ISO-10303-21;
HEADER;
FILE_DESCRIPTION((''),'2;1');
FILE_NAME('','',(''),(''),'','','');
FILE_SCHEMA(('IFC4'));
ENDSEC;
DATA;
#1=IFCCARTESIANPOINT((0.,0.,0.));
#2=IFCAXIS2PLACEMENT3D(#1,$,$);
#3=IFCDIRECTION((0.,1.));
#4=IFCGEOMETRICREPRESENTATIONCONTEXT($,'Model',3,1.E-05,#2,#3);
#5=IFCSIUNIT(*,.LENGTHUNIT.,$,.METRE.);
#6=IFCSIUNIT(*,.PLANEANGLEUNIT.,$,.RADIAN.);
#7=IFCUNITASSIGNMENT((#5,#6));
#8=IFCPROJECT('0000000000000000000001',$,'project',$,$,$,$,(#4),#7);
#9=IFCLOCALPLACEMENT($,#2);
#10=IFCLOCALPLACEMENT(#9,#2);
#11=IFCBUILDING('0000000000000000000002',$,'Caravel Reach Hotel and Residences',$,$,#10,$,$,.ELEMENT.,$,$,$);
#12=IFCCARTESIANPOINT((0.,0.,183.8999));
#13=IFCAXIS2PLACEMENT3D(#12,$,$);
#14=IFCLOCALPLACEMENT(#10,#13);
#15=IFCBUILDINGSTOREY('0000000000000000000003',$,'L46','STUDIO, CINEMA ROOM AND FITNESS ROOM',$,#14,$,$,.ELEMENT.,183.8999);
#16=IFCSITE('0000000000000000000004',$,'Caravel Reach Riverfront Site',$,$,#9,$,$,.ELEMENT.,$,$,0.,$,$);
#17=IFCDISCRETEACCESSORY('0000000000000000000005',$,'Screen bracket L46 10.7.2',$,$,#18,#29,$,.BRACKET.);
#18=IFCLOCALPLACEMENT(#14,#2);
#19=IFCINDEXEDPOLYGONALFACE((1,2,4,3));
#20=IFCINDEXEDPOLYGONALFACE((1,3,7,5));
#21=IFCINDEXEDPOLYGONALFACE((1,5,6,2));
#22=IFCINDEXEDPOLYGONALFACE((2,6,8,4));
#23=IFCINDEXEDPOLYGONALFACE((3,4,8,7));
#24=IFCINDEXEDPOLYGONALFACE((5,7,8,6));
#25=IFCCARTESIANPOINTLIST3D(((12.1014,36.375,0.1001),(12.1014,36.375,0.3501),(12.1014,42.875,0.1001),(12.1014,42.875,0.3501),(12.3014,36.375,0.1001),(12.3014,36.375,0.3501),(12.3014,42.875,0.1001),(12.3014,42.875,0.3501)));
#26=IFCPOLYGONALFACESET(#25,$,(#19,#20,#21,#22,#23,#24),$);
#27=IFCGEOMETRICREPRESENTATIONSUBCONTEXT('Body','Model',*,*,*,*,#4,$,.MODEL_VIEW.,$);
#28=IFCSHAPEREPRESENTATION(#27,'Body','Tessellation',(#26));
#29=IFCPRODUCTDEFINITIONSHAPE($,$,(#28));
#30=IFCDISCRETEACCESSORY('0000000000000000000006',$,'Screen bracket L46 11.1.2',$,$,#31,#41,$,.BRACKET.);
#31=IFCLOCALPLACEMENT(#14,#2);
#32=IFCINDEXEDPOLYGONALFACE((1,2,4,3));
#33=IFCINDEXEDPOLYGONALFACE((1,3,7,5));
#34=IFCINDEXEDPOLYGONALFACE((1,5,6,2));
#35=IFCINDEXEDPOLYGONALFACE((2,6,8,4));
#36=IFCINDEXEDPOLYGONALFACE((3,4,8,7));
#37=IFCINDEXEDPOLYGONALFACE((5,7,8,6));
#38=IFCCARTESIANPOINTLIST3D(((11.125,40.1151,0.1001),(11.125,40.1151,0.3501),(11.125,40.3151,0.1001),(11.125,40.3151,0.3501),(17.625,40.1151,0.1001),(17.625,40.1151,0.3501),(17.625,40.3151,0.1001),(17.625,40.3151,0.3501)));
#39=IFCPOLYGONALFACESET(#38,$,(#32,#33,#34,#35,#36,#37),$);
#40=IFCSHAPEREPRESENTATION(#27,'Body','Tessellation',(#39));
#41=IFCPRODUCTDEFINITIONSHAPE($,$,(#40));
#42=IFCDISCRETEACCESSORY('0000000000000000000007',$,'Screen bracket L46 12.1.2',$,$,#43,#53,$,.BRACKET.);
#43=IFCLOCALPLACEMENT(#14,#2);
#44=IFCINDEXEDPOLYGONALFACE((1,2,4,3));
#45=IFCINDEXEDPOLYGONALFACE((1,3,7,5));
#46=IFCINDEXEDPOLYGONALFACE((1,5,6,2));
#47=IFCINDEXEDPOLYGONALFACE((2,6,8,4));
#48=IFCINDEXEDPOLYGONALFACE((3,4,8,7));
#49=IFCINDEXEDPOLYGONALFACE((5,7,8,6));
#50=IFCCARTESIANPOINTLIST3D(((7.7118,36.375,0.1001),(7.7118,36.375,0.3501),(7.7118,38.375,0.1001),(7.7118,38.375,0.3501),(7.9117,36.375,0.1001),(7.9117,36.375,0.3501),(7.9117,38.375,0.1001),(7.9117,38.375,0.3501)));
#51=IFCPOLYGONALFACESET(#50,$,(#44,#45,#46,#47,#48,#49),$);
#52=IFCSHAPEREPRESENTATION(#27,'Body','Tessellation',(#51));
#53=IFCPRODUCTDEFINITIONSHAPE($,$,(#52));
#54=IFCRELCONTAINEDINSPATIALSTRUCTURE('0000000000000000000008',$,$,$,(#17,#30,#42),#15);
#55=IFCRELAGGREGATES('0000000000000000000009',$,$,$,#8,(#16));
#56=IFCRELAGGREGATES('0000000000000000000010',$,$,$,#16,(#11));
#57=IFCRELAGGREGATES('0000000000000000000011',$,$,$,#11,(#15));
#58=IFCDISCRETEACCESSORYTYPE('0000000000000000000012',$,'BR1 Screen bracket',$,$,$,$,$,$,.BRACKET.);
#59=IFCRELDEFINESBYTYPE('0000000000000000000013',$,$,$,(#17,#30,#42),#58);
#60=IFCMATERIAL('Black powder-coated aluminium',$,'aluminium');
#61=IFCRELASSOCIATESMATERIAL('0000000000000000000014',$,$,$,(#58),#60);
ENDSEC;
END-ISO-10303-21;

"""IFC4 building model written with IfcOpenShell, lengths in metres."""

from ifc_helpers import new_model, si_unit, direction, frame, origin, origin_2d, place, context, subcontext, project, spatial, rectangle, extrude, material, type_object, element, save


model = new_model("IFC4")

# Units and contexts
model_context = context("Model", 3, precision=1e-05, world=origin(), true_north=direction((0.0, 1.0)))
body_context = subcontext(model_context, "Body", "Model", "MODEL_VIEW")
ifc_project = project(units=[si_unit("LENGTHUNIT", "METRE"), si_unit("PLANEANGLEUNIT", "RADIAN")], contexts=[model_context])

# Site, building, storey
site_placement = place(None, origin())
site = spatial("IfcSite", under=ifc_project, at=site_placement, Name="Caravel Reach Riverfront Site", CompositionType="ELEMENT", RefElevation=0.0)
building_placement = place(site_placement, origin())
building = spatial("IfcBuilding", under=site, at=building_placement, Name="Caravel Reach Hotel and Residences", CompositionType="ELEMENT")
storey_placement = place(building_placement, frame((0.0, 0.0, 183.8999)))
storey = spatial("IfcBuildingStorey", under=building, at=storey_placement, Name="L46", Description="STUDIO, CINEMA ROOM AND FITNESS ROOM", CompositionType="ELEMENT", Elevation=183.8999)

# Discrete accessories
ifc_material_1 = material(Name="Black powder-coated aluminium", Category="aluminium")
discrete_accessory_type = type_object("IfcDiscreteAccessoryType", Name="BR1 Screen bracket", PredefinedType="BRACKET", material=ifc_material_1)
for number, where, z_axis, x_axis, name in (
    (1, (12.2014, 39.625, 0.1001), (0.0, 0.0, 1.0), (0.0, 1.0, 0.0), "Screen bracket L46 10.7.2"),
    (2, (14.375, 40.2151, 0.1001), (0.0, 0.0, 1.0), (-1.0, 0.0, 0.0), "Screen bracket L46 11.1.2"),
):
    element("IfcDiscreteAccessory", number, at=place(storey_placement, frame(where, z_axis=z_axis, x_axis=x_axis)), inside=storey, type_object=discrete_accessory_type, Name=name, PredefinedType="BRACKET", context=body_context, shape_type="SweptSolid", body=[
        extrude(rectangle(XDim=6.5, YDim=0.2, at=origin_2d()), origin(), (0.0, 0.0, 1.0), 0.25),
    ])
discrete_accessory_placement = place(storey_placement, frame((7.8118, 37.375, 0.1001), z_axis=(0.0, 0.0, 1.0), x_axis=(0.0, 1.0, 0.0)))
element("IfcDiscreteAccessory", 3, at=discrete_accessory_placement, inside=storey, type_object=discrete_accessory_type, Name="Screen bracket L46 12.1.2", PredefinedType="BRACKET", context=body_context, shape_type="SweptSolid", body=[
    extrude(rectangle(XDim=2.0, YDim=0.2, at=origin_2d()), origin(), (0.0, 0.0, 1.0), 0.25),
])

save(model, "model.ifc")
